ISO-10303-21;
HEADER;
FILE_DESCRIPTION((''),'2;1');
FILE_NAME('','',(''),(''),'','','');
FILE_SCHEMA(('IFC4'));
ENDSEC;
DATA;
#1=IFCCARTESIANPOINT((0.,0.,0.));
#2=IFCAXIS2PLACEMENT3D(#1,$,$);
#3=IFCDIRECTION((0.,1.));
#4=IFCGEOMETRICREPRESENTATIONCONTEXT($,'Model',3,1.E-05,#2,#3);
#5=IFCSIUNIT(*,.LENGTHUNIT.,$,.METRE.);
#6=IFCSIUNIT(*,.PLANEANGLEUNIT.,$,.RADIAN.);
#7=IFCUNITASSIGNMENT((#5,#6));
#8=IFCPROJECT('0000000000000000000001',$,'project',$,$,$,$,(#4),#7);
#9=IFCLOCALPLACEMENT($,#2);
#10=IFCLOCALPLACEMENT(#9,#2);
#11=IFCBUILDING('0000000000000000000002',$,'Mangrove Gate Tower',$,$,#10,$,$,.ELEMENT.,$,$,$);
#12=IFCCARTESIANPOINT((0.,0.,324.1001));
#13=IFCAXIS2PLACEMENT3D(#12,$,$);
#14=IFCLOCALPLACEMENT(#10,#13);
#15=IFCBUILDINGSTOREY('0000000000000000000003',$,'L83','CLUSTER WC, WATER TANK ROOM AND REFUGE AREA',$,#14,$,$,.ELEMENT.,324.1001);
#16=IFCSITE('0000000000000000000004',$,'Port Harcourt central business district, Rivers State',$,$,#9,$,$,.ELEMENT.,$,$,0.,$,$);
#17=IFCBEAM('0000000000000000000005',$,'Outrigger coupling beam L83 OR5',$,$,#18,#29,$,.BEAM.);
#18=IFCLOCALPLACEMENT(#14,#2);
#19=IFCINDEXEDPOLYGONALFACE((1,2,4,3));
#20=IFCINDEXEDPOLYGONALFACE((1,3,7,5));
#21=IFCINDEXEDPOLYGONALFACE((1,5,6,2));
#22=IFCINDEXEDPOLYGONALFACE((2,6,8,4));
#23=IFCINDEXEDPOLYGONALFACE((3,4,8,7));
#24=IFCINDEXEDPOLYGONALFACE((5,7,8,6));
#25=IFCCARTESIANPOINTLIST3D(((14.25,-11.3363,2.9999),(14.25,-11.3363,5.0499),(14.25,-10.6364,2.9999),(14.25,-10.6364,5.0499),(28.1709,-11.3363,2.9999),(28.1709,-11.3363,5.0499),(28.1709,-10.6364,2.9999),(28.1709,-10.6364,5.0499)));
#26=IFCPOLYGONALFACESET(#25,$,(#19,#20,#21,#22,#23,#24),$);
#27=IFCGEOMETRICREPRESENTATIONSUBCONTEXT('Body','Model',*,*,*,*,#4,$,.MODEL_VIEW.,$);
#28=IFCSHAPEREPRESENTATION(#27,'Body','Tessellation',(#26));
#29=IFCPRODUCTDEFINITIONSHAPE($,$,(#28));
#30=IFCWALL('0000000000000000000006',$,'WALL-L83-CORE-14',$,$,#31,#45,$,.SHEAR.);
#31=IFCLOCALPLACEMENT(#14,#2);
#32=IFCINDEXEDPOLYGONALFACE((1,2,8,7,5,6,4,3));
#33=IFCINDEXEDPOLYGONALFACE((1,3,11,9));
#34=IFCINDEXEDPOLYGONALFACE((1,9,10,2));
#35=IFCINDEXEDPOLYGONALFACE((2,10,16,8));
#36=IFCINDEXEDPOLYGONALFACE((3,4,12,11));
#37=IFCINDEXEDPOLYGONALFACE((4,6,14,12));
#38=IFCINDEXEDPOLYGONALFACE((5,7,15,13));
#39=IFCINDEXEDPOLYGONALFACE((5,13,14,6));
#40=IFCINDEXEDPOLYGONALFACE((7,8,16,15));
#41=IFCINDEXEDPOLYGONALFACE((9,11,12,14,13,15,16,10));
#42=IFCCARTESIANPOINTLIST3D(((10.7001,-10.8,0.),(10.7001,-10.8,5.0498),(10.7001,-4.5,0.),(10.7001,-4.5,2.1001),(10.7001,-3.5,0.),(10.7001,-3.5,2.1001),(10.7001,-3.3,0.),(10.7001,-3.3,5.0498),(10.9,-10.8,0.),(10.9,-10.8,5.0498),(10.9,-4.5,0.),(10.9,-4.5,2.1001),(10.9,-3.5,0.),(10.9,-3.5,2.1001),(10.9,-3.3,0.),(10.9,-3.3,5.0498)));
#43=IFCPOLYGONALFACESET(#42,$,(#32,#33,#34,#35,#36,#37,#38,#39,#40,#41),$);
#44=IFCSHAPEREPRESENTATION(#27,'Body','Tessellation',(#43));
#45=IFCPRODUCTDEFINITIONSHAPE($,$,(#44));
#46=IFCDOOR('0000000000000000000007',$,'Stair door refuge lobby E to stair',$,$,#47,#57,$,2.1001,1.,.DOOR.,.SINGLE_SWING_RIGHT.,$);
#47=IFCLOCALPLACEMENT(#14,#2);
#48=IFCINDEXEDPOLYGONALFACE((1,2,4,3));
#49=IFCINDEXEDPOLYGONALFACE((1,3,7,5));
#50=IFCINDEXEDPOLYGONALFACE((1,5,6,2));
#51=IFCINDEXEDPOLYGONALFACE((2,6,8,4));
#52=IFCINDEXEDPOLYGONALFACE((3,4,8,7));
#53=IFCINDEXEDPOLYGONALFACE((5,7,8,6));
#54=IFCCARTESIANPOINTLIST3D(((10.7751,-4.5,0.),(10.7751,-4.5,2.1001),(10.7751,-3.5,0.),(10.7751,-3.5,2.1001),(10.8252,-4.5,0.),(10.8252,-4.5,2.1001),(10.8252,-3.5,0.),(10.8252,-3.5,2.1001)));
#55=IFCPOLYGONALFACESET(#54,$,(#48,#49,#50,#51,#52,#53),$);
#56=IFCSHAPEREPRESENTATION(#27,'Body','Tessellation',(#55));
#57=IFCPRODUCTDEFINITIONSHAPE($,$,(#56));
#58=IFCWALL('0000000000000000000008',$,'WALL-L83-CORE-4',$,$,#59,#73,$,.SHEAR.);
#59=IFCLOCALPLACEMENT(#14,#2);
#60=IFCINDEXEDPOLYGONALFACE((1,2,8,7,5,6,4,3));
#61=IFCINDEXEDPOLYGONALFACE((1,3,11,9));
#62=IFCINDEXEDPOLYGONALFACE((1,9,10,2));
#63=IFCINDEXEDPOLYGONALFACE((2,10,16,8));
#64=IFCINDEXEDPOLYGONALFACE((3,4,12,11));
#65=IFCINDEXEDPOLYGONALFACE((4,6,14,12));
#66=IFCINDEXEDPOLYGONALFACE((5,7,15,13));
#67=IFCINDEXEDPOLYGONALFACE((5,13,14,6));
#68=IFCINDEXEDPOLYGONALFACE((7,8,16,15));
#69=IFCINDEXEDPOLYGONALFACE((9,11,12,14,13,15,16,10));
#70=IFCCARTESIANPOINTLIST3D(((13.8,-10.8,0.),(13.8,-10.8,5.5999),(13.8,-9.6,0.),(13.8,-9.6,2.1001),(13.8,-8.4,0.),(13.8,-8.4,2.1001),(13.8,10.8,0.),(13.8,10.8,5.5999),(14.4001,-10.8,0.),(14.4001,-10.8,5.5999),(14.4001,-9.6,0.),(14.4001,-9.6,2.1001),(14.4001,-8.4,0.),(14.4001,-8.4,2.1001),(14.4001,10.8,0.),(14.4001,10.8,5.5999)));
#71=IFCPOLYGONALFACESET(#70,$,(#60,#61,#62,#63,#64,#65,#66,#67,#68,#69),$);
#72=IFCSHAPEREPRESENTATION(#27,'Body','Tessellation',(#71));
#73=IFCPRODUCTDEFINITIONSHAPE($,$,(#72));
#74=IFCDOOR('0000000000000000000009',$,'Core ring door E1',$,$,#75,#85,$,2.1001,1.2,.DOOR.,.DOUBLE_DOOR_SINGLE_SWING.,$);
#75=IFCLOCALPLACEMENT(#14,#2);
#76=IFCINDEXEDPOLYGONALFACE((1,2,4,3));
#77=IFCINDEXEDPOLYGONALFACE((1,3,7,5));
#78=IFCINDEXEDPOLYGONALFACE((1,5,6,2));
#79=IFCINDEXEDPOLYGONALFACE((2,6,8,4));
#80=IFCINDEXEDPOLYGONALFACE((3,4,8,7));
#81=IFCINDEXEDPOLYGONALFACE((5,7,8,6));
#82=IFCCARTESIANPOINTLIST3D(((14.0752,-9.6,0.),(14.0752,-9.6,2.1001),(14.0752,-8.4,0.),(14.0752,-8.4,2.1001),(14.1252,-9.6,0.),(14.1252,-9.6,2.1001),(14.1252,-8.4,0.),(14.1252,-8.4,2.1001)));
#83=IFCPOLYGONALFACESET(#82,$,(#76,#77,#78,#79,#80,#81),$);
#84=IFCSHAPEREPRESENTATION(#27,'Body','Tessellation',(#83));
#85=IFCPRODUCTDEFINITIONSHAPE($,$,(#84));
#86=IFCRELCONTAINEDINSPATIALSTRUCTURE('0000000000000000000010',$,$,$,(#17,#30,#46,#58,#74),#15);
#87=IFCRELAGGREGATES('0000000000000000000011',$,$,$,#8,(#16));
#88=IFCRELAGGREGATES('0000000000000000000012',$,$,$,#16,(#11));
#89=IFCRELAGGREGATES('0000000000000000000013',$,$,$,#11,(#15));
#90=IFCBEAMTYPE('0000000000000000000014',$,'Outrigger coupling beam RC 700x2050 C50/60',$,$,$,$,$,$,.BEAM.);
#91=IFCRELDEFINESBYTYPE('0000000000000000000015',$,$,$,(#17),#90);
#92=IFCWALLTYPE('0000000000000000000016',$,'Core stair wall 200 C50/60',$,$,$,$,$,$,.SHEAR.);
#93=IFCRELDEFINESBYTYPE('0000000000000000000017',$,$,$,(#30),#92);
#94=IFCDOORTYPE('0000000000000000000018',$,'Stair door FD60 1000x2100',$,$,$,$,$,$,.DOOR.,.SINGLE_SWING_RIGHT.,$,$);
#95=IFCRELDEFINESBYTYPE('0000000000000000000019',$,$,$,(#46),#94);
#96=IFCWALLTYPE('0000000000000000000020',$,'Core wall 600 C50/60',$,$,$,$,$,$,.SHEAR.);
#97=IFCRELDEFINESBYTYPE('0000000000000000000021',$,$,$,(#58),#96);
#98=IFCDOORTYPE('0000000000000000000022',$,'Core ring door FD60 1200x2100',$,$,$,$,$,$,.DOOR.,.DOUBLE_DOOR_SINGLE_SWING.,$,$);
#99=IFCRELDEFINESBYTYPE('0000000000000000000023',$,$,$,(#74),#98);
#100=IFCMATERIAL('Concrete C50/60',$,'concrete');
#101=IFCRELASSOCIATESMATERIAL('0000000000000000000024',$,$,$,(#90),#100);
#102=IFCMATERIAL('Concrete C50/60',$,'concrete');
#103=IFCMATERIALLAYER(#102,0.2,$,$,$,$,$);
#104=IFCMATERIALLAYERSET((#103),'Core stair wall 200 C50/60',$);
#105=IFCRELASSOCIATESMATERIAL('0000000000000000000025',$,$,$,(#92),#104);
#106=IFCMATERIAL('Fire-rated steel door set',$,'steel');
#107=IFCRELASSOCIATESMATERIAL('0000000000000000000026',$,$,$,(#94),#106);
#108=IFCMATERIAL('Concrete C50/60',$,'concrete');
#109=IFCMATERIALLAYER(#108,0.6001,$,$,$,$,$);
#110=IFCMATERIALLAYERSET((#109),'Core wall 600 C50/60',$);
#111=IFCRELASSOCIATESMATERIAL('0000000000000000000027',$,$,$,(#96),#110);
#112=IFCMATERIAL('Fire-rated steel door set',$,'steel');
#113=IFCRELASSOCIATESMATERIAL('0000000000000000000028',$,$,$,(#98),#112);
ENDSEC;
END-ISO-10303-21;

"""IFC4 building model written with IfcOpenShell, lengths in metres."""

from ifc_helpers import new_model, si_unit, direction, frame, frame_2d, origin, origin_2d, place, context, subcontext, project, spatial, rectangle, extrude, material, layer, layer_set, material_profile, profile_set, type_object, element, fill, save


model = new_model("IFC4")

# Units and contexts
model_context = context("Model", 3, precision=1e-05, world=origin(), true_north=direction((0.0, 1.0)))
body_context = subcontext(model_context, "Body", "Model", "MODEL_VIEW")
ifc_project = project(units=[si_unit("LENGTHUNIT", "METRE"), si_unit("PLANEANGLEUNIT", "RADIAN")], contexts=[model_context])

# Site, building, storey
site_placement = place(None, origin())
site = spatial("IfcSite", under=ifc_project, at=site_placement, Name="Port Harcourt central business district, Rivers State", CompositionType="ELEMENT", RefElevation=0.0)
building_placement = place(site_placement, origin())
building = spatial("IfcBuilding", under=site, at=building_placement, Name="Mangrove Gate Tower", CompositionType="ELEMENT")
storey_placement = place(building_placement, frame((0.0, 0.0, 324.1001)))
storey = spatial("IfcBuildingStorey", under=building, at=storey_placement, Name="L83", Description="CLUSTER WC, WATER TANK ROOM AND REFUGE AREA", CompositionType="ELEMENT", Elevation=324.1001)

# Beam
ifc_material_1 = material(Name="Concrete C50/60", Category="concrete")
ifc_material_profile = material_profile(ifc_material_1, rectangle(XDim=0.7, YDim=2.05, at=origin_2d()))
ifc_profile_set = profile_set([ifc_material_profile], Name="Concrete C50/60")
beam_type = type_object("IfcBeamType", Name="Outrigger coupling beam RC 700x2050 C50/60", PredefinedType="BEAM", material=ifc_profile_set)
beam_placement = place(storey_placement, frame((14.25, -10.9863, 4.0249), z_axis=(1.0, 0.0, 0.0), x_axis=(0.0, 1.0, 0.0)))
element("IfcBeam", 1, at=beam_placement, inside=storey, type_object=beam_type, Name="Outrigger coupling beam L83 OR5", PredefinedType="BEAM", context=body_context, shape_type="SweptSolid", body=[
    extrude(rectangle(XDim=0.7, YDim=2.05, at=origin_2d()), origin(), (0.0, 0.0, 1.0), 13.9209),
])

# Walls, openings, doors
ifc_material_2 = material(Name="Concrete C50/60", Category="concrete")
ifc_layer_1 = layer(ifc_material_2, 0.2)
ifc_layer_set_1 = layer_set([ifc_layer_1], Name="Core stair wall 200 C50/60")
wall_type_1 = type_object("IfcWallType", Name="Core stair wall 200 C50/60", PredefinedType="SHEAR", material=ifc_layer_set_1)
wall_1_placement = place(storey_placement, frame((10.8, -10.8, 0.0), z_axis=(0.0, 0.0, 1.0), x_axis=(0.0, 1.0, 0.0)))
wall_1 = element("IfcWall", 2, at=wall_1_placement, inside=storey, type_object=wall_type_1, Name="WALL-L83-CORE-14", PredefinedType="SHEAR", context=body_context, shape_type="SweptSolid", body=[
    extrude(rectangle(XDim=7.5, YDim=0.2, at=frame_2d((3.75, 0.0))), origin(), (0.0, 0.0, 1.0), 5.0498),
])
opening_1_placement = place(wall_1_placement, frame((6.3, 0.0, 0.0)))
opening_1 = element("IfcOpeningElement", 3, at=opening_1_placement, cuts=wall_1, PredefinedType="OPENING", context=body_context, shape_type="SweptSolid", body=[
    extrude(rectangle(XDim=1.0, YDim=2.1001, at=frame_2d((0.5, 1.05))), frame((0.0, 0.1099, 0.0), z_axis=(0.0, -1.0, 0.0), x_axis=(1.0, 0.0, 0.0)), (0.0, 0.0, 1.0), 0.22),
])
ifc_material_3 = material(Name="Fire-rated steel door set", Category="steel")
door_type_1 = type_object("IfcDoorType", Name="Stair door FD60 1000x2100", OperationType="SINGLE_SWING_RIGHT", PredefinedType="DOOR", material=ifc_material_3)
door_1_placement = place(opening_1_placement, origin())
door_1 = element("IfcDoor", 4, at=door_1_placement, inside=storey, type_object=door_type_1, Name="Stair door refuge lobby E to stair", OperationType="SINGLE_SWING_RIGHT", OverallHeight=2.1001, OverallWidth=1.0, PredefinedType="DOOR", context=body_context, shape_type="SweptSolid", body=[
    extrude(rectangle(XDim=1.0, YDim=2.1001, at=frame_2d((0.5, 1.05))), frame((0.0, 0.0249, 0.0), z_axis=(0.0, -1.0, 0.0), x_axis=(1.0, 0.0, 0.0)), (0.0, 0.0, 1.0), 0.05),
])
fill(opening_1, door_1)
ifc_material_4 = material(Name="Concrete C50/60", Category="concrete")
ifc_layer_2 = layer(ifc_material_4, 0.6001)
ifc_layer_set_2 = layer_set([ifc_layer_2], Name="Core wall 600 C50/60")
wall_type_2 = type_object("IfcWallType", Name="Core wall 600 C50/60", PredefinedType="SHEAR", material=ifc_layer_set_2)
wall_2_placement = place(storey_placement, frame((14.1001, -10.8, 0.0), z_axis=(0.0, 0.0, 1.0), x_axis=(0.0, 1.0, 0.0)))
wall_2 = element("IfcWall", 5, at=wall_2_placement, inside=storey, type_object=wall_type_2, Name="WALL-L83-CORE-4", PredefinedType="SHEAR", context=body_context, shape_type="SweptSolid", body=[
    extrude(rectangle(XDim=21.6001, YDim=0.6001, at=frame_2d((10.8, 0.0))), origin(), (0.0, 0.0, 1.0), 5.5999),
])
opening_2_placement = place(wall_2_placement, frame((1.2, 0.0, 0.0)))
opening_2 = element("IfcOpeningElement", 6, at=opening_2_placement, cuts=wall_2, PredefinedType="OPENING", context=body_context, shape_type="SweptSolid", body=[
    extrude(rectangle(XDim=1.2, YDim=2.1001, at=frame_2d((0.6001, 1.05))), frame((0.0, 0.3101, 0.0), z_axis=(0.0, -1.0, 0.0), x_axis=(1.0, 0.0, 0.0)), (0.0, 0.0, 1.0), 0.6201),
])
ifc_material_5 = material(Name="Fire-rated steel door set", Category="steel")
door_type_2 = type_object("IfcDoorType", Name="Core ring door FD60 1200x2100", OperationType="DOUBLE_DOOR_SINGLE_SWING", PredefinedType="DOOR", material=ifc_material_5)
door_2_placement = place(opening_2_placement, origin())
door_2 = element("IfcDoor", 7, at=door_2_placement, inside=storey, type_object=door_type_2, Name="Core ring door E1", OperationType="DOUBLE_DOOR_SINGLE_SWING", OverallHeight=2.1001, OverallWidth=1.2, PredefinedType="DOOR", context=body_context, shape_type="SweptSolid", body=[
    extrude(rectangle(XDim=1.2, YDim=2.1001, at=frame_2d((0.6001, 1.05))), frame((0.0, 0.0249, 0.0), z_axis=(0.0, -1.0, 0.0), x_axis=(1.0, 0.0, 0.0)), (0.0, 0.0, 1.0), 0.05),
])
fill(opening_2, door_2)

save(model, "model.ifc")
